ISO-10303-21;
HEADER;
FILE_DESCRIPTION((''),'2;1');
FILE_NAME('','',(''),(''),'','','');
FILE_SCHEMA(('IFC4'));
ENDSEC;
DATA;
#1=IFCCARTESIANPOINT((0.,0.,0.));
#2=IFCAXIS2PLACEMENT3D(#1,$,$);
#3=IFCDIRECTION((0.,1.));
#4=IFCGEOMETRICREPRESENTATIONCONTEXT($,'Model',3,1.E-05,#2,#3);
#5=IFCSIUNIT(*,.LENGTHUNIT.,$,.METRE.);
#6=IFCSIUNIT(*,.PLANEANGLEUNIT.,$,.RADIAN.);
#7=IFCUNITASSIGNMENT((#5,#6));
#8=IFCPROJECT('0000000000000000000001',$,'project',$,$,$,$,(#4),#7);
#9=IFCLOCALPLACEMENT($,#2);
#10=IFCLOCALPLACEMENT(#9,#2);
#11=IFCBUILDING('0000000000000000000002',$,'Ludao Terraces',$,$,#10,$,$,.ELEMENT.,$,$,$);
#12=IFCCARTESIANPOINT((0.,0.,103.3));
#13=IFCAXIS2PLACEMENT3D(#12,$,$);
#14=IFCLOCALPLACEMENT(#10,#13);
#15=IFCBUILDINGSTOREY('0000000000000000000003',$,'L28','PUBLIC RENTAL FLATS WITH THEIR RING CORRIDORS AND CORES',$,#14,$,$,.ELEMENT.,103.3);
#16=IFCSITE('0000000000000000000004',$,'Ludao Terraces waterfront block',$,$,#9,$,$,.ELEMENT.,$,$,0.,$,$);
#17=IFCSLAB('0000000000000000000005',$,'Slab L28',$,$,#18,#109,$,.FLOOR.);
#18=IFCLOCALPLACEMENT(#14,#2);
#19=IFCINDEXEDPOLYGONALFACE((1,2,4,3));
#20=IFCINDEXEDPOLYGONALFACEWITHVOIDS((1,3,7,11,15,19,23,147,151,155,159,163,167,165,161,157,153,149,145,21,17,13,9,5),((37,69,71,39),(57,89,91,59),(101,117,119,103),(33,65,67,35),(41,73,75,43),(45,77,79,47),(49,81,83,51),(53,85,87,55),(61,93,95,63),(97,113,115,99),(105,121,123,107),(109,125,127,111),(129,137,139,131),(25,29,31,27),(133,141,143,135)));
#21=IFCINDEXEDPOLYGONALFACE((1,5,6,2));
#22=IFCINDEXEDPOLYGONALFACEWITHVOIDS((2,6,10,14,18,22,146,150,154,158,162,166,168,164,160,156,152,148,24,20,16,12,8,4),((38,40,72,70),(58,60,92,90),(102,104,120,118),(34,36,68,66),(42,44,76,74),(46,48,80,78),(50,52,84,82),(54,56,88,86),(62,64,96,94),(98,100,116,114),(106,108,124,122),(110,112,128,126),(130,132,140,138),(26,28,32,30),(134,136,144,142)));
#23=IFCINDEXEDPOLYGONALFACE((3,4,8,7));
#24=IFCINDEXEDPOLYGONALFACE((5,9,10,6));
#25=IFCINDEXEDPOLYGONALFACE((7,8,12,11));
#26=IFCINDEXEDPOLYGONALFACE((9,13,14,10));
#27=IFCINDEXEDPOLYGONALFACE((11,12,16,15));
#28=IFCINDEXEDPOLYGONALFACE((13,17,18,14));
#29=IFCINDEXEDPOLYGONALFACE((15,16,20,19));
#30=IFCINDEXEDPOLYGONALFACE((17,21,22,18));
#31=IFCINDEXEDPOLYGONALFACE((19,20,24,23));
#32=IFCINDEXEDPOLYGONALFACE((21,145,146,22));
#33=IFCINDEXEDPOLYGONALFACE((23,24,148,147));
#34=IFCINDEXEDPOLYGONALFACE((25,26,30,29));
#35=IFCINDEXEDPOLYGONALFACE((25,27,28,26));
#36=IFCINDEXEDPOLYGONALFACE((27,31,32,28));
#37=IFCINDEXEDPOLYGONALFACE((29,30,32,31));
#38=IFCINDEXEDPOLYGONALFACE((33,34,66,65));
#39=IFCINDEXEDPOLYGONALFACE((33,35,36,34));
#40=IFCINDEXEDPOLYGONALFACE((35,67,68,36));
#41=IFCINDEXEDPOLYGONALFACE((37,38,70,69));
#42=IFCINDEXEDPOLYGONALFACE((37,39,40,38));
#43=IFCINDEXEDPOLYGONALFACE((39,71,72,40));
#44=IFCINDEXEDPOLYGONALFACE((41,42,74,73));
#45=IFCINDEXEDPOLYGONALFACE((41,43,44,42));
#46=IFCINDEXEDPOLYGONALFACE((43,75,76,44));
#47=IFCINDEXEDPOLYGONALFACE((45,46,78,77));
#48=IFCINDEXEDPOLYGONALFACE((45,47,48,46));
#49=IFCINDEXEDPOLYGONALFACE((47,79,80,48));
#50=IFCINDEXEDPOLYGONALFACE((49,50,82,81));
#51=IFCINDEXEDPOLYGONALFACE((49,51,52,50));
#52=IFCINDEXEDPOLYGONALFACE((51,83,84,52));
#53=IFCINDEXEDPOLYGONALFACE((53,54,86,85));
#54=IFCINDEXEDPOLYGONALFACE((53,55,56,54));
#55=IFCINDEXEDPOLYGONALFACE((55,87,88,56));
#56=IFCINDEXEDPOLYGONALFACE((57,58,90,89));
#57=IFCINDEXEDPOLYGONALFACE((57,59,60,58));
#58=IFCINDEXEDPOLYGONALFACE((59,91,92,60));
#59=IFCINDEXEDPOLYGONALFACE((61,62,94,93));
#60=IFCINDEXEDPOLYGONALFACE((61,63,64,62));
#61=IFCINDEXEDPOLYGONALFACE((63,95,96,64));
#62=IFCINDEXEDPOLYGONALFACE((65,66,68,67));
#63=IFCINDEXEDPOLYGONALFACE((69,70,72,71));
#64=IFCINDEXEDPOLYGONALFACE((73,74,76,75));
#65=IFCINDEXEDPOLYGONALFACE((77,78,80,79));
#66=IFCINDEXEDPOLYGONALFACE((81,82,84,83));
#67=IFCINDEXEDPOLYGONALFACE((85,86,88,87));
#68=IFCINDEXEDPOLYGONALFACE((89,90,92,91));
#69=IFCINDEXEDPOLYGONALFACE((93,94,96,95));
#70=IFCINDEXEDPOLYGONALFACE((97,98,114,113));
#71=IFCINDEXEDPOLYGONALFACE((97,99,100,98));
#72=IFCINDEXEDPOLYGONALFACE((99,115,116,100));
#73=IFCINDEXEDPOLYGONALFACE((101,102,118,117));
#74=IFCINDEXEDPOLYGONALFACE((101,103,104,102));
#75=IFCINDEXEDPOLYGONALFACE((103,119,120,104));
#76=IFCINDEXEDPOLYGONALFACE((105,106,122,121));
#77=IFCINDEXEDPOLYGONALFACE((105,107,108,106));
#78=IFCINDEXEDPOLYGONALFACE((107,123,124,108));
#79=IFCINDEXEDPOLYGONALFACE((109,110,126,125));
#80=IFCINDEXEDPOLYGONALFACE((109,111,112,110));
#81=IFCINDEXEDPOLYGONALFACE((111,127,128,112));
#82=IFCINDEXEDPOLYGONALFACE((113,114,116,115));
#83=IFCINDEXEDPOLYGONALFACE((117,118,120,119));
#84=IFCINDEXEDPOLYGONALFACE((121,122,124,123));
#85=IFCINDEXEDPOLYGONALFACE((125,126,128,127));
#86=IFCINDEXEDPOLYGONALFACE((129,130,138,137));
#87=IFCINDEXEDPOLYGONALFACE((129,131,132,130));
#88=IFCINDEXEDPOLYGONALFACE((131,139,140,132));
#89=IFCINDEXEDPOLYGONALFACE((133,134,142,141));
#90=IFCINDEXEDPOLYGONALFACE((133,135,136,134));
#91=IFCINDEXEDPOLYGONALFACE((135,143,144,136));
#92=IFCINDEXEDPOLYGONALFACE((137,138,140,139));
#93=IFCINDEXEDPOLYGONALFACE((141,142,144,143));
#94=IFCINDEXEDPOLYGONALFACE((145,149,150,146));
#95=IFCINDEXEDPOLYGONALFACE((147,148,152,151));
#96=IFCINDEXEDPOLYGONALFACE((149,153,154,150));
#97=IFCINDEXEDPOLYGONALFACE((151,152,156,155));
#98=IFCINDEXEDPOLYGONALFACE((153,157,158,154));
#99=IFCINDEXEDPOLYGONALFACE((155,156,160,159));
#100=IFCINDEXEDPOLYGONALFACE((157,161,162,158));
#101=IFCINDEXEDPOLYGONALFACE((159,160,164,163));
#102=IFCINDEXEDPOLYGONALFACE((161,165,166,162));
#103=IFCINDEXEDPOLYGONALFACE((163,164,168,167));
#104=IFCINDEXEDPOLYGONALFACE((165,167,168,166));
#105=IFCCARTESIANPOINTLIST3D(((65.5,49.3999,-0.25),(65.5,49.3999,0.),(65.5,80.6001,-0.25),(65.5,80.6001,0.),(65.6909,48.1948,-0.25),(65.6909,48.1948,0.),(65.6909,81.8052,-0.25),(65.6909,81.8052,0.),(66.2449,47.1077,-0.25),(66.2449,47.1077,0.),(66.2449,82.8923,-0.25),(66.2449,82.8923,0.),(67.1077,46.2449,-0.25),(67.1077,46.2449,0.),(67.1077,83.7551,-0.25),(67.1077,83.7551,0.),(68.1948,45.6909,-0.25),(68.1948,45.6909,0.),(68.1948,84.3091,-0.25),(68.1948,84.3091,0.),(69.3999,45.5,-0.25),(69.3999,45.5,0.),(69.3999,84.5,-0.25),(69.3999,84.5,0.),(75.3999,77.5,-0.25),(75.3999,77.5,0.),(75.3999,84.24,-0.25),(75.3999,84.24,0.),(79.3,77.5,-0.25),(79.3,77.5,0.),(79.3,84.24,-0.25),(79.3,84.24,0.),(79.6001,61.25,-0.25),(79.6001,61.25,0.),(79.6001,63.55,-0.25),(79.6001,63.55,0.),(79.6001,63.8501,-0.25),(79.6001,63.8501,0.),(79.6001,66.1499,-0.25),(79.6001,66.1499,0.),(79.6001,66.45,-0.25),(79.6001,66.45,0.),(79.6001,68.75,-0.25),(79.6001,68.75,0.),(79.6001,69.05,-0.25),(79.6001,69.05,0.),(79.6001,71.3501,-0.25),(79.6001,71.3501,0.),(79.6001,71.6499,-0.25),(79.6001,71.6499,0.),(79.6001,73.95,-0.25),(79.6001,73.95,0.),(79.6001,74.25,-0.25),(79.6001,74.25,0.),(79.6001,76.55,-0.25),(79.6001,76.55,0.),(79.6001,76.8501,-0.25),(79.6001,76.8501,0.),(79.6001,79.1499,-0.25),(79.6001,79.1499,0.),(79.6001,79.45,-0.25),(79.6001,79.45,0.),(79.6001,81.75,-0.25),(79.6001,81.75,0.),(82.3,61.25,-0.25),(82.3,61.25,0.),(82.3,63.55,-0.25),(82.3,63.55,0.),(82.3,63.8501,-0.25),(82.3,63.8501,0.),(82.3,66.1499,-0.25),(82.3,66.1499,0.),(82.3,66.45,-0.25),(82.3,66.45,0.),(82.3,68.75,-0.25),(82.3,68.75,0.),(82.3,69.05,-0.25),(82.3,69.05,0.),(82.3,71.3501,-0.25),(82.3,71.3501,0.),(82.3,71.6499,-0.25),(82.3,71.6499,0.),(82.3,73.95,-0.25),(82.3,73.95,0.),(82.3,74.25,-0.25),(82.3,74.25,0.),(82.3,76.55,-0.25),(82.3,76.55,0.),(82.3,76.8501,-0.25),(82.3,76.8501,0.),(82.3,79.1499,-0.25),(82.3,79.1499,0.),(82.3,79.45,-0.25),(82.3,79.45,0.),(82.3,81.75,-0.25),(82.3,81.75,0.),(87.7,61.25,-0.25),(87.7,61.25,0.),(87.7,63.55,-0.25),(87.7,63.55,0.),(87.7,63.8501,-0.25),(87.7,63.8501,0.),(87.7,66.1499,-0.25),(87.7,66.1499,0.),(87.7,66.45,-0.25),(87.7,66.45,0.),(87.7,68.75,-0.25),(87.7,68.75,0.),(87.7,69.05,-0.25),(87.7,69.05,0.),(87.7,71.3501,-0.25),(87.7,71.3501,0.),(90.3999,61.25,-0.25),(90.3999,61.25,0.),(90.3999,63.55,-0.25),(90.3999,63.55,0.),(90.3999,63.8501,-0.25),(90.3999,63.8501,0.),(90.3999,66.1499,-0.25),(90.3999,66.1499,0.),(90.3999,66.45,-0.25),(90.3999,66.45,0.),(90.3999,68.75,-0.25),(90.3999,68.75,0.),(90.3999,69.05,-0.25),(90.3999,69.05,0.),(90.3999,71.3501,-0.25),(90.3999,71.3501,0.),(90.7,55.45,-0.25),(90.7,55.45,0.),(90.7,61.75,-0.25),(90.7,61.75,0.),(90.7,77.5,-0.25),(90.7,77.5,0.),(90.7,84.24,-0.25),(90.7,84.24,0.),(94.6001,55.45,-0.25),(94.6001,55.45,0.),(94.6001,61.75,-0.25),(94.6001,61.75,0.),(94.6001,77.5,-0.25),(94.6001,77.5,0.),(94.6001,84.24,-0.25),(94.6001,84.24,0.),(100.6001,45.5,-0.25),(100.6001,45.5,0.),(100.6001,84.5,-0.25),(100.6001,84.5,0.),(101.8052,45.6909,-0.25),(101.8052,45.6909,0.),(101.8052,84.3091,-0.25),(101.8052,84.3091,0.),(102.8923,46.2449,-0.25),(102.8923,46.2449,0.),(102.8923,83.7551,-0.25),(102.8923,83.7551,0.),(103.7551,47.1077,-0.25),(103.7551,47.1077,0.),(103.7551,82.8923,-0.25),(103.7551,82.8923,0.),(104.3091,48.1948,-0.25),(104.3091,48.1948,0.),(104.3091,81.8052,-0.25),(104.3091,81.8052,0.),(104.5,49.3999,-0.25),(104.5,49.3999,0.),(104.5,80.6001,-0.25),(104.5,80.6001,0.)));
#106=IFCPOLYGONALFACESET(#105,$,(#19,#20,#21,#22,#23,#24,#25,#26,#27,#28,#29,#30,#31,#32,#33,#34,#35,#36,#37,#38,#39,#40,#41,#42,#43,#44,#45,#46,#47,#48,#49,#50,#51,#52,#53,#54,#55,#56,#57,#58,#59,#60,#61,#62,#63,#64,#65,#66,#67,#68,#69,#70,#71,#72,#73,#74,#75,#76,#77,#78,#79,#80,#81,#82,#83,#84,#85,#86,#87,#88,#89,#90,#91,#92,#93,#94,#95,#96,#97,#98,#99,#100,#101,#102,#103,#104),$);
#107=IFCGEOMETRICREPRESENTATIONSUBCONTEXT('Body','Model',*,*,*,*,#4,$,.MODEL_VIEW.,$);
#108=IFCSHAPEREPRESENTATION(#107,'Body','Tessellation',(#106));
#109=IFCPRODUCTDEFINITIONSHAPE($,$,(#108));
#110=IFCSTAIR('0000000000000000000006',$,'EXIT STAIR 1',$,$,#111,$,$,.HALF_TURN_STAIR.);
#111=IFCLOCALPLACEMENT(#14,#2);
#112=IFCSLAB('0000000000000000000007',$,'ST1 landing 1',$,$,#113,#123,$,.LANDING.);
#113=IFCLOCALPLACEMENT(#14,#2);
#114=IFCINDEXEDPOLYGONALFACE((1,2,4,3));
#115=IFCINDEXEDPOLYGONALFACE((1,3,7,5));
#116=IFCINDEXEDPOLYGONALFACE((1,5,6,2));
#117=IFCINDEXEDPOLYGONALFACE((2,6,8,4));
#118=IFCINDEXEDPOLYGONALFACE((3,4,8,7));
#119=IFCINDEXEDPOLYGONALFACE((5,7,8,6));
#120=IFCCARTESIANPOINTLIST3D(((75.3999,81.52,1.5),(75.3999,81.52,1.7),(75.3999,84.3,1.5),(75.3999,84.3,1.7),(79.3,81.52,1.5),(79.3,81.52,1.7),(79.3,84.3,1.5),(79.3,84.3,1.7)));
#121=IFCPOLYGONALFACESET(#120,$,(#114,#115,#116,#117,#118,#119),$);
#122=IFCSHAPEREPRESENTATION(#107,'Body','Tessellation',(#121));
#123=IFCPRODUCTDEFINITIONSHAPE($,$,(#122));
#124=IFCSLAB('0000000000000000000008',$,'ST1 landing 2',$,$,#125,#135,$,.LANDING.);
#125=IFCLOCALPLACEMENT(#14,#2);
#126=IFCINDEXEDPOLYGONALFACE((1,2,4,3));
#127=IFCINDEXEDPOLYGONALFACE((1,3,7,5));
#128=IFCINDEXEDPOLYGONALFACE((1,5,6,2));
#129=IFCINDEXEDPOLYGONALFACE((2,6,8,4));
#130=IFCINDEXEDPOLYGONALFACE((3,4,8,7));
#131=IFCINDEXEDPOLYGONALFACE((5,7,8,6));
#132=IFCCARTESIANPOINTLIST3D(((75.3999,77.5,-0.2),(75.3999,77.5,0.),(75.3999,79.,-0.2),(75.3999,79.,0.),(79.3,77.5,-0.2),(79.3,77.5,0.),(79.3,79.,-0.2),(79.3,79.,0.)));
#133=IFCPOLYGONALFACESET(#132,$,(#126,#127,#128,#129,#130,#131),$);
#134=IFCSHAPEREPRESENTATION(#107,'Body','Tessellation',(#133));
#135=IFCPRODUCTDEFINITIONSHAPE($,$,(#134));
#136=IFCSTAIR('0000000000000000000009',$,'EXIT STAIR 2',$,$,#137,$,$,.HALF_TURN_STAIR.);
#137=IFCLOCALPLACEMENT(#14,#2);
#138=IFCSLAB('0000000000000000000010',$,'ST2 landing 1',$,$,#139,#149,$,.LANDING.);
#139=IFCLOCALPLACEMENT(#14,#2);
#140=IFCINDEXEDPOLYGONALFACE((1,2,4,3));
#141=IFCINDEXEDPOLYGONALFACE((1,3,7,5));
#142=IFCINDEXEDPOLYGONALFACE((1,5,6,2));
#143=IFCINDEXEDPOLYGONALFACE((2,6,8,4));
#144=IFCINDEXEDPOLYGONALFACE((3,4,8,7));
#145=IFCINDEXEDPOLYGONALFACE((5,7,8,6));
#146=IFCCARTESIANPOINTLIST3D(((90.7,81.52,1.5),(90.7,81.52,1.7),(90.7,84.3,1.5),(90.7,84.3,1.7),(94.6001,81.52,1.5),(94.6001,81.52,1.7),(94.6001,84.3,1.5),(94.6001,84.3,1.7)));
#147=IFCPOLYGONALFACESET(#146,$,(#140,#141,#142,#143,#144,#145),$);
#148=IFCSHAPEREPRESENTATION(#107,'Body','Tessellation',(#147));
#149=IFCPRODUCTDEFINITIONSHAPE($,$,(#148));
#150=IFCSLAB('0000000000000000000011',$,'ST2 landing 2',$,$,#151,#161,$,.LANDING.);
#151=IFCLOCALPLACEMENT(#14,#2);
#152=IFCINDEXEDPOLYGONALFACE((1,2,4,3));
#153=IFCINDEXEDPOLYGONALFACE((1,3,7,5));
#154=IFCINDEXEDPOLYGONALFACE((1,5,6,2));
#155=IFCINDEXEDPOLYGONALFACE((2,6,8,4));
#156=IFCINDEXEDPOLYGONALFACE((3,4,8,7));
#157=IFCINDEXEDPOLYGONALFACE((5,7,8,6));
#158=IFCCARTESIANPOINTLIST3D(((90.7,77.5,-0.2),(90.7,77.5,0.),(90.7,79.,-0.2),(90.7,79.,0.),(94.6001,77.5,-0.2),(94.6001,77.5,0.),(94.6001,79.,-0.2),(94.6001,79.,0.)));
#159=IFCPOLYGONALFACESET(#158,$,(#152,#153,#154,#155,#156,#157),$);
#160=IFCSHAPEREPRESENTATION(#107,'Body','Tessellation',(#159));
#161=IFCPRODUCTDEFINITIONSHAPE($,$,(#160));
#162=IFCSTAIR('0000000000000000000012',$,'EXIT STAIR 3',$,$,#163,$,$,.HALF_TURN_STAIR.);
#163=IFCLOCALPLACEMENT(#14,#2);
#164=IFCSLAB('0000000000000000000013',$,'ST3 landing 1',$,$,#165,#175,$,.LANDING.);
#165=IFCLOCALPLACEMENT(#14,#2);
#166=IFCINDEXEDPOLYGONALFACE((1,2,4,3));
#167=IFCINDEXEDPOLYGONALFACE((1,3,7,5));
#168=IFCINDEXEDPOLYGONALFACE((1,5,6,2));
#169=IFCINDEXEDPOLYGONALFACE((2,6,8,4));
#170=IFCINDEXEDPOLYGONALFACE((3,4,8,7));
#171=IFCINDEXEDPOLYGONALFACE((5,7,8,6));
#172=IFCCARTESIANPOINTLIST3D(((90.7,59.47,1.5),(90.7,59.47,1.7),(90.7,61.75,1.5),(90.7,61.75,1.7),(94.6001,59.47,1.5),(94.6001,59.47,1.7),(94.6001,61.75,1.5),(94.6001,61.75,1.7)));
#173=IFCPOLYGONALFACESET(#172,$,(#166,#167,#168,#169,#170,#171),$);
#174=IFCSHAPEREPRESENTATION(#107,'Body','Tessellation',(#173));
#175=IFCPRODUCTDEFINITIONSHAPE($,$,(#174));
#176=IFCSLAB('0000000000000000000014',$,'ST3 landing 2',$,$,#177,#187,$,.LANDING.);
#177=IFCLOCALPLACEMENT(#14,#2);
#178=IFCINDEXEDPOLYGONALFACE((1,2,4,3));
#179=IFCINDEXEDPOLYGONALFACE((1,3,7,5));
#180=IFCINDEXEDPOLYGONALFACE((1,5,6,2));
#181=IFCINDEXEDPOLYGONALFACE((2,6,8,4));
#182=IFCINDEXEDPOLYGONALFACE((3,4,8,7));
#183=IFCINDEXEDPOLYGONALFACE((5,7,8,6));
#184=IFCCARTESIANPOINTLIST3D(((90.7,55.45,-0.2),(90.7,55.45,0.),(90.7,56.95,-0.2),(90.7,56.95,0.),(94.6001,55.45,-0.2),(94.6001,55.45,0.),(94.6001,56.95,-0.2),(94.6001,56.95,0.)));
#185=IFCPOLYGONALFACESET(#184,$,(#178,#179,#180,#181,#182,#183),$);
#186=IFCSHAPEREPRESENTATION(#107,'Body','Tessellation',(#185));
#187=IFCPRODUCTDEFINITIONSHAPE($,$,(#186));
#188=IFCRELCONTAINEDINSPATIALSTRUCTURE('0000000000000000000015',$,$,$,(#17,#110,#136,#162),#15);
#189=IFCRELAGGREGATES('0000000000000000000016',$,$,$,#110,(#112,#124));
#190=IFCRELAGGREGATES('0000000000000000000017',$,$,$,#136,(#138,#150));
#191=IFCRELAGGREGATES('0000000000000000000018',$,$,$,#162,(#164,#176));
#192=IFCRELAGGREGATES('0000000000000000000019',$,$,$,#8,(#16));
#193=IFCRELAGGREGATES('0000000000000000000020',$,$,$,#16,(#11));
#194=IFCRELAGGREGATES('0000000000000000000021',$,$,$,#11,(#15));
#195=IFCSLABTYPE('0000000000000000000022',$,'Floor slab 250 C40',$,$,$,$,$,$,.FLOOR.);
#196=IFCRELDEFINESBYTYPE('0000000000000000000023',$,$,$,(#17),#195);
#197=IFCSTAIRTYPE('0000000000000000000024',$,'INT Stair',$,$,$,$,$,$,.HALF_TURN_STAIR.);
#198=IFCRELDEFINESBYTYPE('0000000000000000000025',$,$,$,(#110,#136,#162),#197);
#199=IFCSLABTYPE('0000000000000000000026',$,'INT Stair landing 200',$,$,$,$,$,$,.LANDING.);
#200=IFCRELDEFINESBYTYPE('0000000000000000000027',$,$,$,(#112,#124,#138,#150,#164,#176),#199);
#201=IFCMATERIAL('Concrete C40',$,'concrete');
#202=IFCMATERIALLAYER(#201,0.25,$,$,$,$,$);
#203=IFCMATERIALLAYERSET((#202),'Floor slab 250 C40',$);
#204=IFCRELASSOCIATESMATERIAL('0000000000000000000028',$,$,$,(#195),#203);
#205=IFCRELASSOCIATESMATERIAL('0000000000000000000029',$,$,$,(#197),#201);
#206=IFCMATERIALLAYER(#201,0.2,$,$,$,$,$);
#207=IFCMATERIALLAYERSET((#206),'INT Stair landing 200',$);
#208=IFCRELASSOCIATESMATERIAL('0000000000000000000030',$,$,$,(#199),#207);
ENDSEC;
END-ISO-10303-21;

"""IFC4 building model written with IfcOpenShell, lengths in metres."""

from ifc_helpers import new_model, si_unit, direction, frame, origin, place, context, subcontext, project, spatial, polyline, outline, extrude, material, layer, layer_set, type_object, element, aggregate, save


model = new_model("IFC4")

# Units and contexts
model_context = context("Model", 3, precision=1e-05, world=origin(), true_north=direction((0.0, 1.0)))
body_context = subcontext(model_context, "Body", "Model", "MODEL_VIEW")
ifc_project = project(units=[si_unit("LENGTHUNIT", "METRE"), si_unit("PLANEANGLEUNIT", "RADIAN")], contexts=[model_context])

# Site, building, storey
site_placement = place(None, origin())
site = spatial("IfcSite", under=ifc_project, at=site_placement, Name="Ludao Terraces waterfront block", CompositionType="ELEMENT", RefElevation=0.0)
building_placement = place(site_placement, origin())
building = spatial("IfcBuilding", under=site, at=building_placement, Name="Ludao Terraces", CompositionType="ELEMENT")
storey_placement = place(building_placement, frame((0.0, 0.0, 103.3)))
storey = spatial("IfcBuildingStorey", under=building, at=storey_placement, Name="L28", Description="PUBLIC RENTAL FLATS WITH THEIR RING CORRIDORS AND CORES", CompositionType="ELEMENT", Elevation=103.3)

# Shared definitions
ifc_material_1 = material(Name="Concrete C40", Category="concrete")

# Slab
ifc_layer_1 = layer(ifc_material_1, 0.25)
ifc_layer_set_1 = layer_set([ifc_layer_1], Name="Floor slab 250 C40")
slab_type_1 = type_object("IfcSlabType", Name="Floor slab 250 C40", PredefinedType="FLOOR", material=ifc_layer_set_1)
slab_1_placement = place(storey_placement, frame((0.0, 0.0, -0.25)))
element("IfcSlab", 1, at=slab_1_placement, inside=storey, type_object=slab_type_1, Name="Slab L28", PredefinedType="FLOOR", context=body_context, shape_type="SweptSolid", body=[
    extrude(outline(polyline([(100.6001, 45.5), (101.8052, 45.6909), (102.8923, 46.2449), (103.7551, 47.1077), (104.3091, 48.1948), (104.5, 49.3999), (104.5, 80.6001), (104.3091, 81.8052), (103.7551, 82.8923), (102.8923, 83.7551), (101.8052, 84.3091), (100.6001, 84.5), (69.3999, 84.5), (68.1948, 84.3091), (67.1077, 83.7551), (66.2449, 82.8923), (65.6909, 81.8052), (65.5, 80.6001), (65.5, 49.3999), (65.6909, 48.1948), (66.2449, 47.1077), (67.1077, 46.2449), (68.1948, 45.6909), (69.3999, 45.5), (100.6001, 45.5)]), holes=[polyline([(79.6001, 61.25), (82.3, 61.25), (82.3, 63.55), (79.6001, 63.55), (79.6001, 61.25)]), polyline([(79.6001, 63.8501), (82.3, 63.8501), (82.3, 66.1499), (79.6001, 66.1499), (79.6001, 63.8501)]), polyline([(79.6001, 66.45), (82.3, 66.45), (82.3, 68.75), (79.6001, 68.75), (79.6001, 66.45)]), polyline([(79.6001, 69.05), (82.3, 69.05), (82.3, 71.3501), (79.6001, 71.3501), (79.6001, 69.05)]), polyline([(79.6001, 71.6499), (82.3, 71.6499), (82.3, 73.95), (79.6001, 73.95), (79.6001, 71.6499)]), polyline([(79.6001, 74.25), (82.3, 74.25), (82.3, 76.55), (79.6001, 76.55), (79.6001, 74.25)]), polyline([(79.6001, 76.8501), (82.3, 76.8501), (82.3, 79.1499), (79.6001, 79.1499), (79.6001, 76.8501)]), polyline([(79.6001, 79.45), (82.3, 79.45), (82.3, 81.75), (79.6001, 81.75), (79.6001, 79.45)]), polyline([(87.7, 61.25), (90.3999, 61.25), (90.3999, 63.55), (87.7, 63.55), (87.7, 61.25)]), polyline([(87.7, 63.8501), (90.3999, 63.8501), (90.3999, 66.1499), (87.7, 66.1499), (87.7, 63.8501)]), polyline([(87.7, 66.45), (90.3999, 66.45), (90.3999, 68.75), (87.7, 68.75), (87.7, 66.45)]), polyline([(87.7, 69.05), (90.3999, 69.05), (90.3999, 71.3501), (87.7, 71.3501), (87.7, 69.05)]), polyline([(75.3999, 77.5), (79.3, 77.5), (79.3, 84.24), (75.3999, 84.24), (75.3999, 77.5)]), polyline([(90.7, 77.5), (94.6001, 77.5), (94.6001, 84.24), (90.7, 84.24), (90.7, 77.5)]), polyline([(90.7, 55.45), (94.6001, 55.45), (94.6001, 61.75), (90.7, 61.75), (90.7, 55.45)])]), origin(), (0.0, 0.0, 1.0), 0.25),
])

# Stairs, slabs
stair_type = type_object("IfcStairType", Name="INT Stair", PredefinedType="HALF_TURN_STAIR", material=ifc_material_1)
stair_1_placement = place(storey_placement, origin())
stair_1 = element("IfcStair", 2, at=stair_1_placement, inside=storey, type_object=stair_type, Name="EXIT STAIR 1", PredefinedType="HALF_TURN_STAIR")
ifc_layer_2 = layer(ifc_material_1, 0.2)
ifc_layer_set_2 = layer_set([ifc_layer_2], Name="INT Stair landing 200")
slab_type_2 = type_object("IfcSlabType", Name="INT Stair landing 200", PredefinedType="LANDING", material=ifc_layer_set_2)
slab_2_placement = place(storey_placement, frame((0.0, 0.0, 1.5)))
slab_2 = element("IfcSlab", 3, at=slab_2_placement, type_object=slab_type_2, Name="ST1 landing 1", PredefinedType="LANDING", context=body_context, shape_type="SweptSolid", body=[
    extrude(outline(polyline([(75.3999, 81.52), (79.3, 81.52), (79.3, 84.3), (75.3999, 84.3), (75.3999, 81.52)])), origin(), (0.0, 0.0, 1.0), 0.2),
])
slab_3_placement = place(storey_placement, frame((0.0, 0.0, -0.2)))
slab_3 = element("IfcSlab", 4, at=slab_3_placement, type_object=slab_type_2, Name="ST1 landing 2", PredefinedType="LANDING", context=body_context, shape_type="SweptSolid", body=[
    extrude(outline(polyline([(75.3999, 77.5), (79.3, 77.5), (79.3, 79.0), (75.3999, 79.0), (75.3999, 77.5)])), origin(), (0.0, 0.0, 1.0), 0.2),
])
aggregate(stair_1, [slab_2, slab_3])
stair_2_placement = place(storey_placement, origin())
stair_2 = element("IfcStair", 5, at=stair_2_placement, inside=storey, type_object=stair_type, Name="EXIT STAIR 2", PredefinedType="HALF_TURN_STAIR")
slab_4_placement = place(storey_placement, frame((0.0, 0.0, 1.5)))
slab_4 = element("IfcSlab", 6, at=slab_4_placement, type_object=slab_type_2, Name="ST2 landing 1", PredefinedType="LANDING", context=body_context, shape_type="SweptSolid", body=[
    extrude(outline(polyline([(90.7, 81.52), (94.6001, 81.52), (94.6001, 84.3), (90.7, 84.3), (90.7, 81.52)])), origin(), (0.0, 0.0, 1.0), 0.2),
])
slab_5_placement = place(storey_placement, frame((0.0, 0.0, -0.2)))
slab_5 = element("IfcSlab", 7, at=slab_5_placement, type_object=slab_type_2, Name="ST2 landing 2", PredefinedType="LANDING", context=body_context, shape_type="SweptSolid", body=[
    extrude(outline(polyline([(90.7, 77.5), (94.6001, 77.5), (94.6001, 79.0), (90.7, 79.0), (90.7, 77.5)])), origin(), (0.0, 0.0, 1.0), 0.2),
])
aggregate(stair_2, [slab_4, slab_5])
stair_3_placement = place(storey_placement, origin())
stair_3 = element("IfcStair", 8, at=stair_3_placement, inside=storey, type_object=stair_type, Name="EXIT STAIR 3", PredefinedType="HALF_TURN_STAIR")
slab_6_placement = place(storey_placement, frame((0.0, 0.0, 1.5)))
slab_6 = element("IfcSlab", 9, at=slab_6_placement, type_object=slab_type_2, Name="ST3 landing 1", PredefinedType="LANDING", context=body_context, shape_type="SweptSolid", body=[
    extrude(outline(polyline([(90.7, 59.47), (94.6001, 59.47), (94.6001, 61.75), (90.7, 61.75), (90.7, 59.47)])), origin(), (0.0, 0.0, 1.0), 0.2),
])
slab_7_placement = place(storey_placement, frame((0.0, 0.0, -0.2)))
slab_7 = element("IfcSlab", 10, at=slab_7_placement, type_object=slab_type_2, Name="ST3 landing 2", PredefinedType="LANDING", context=body_context, shape_type="SweptSolid", body=[
    extrude(outline(polyline([(90.7, 55.45), (94.6001, 55.45), (94.6001, 56.95), (90.7, 56.95), (90.7, 55.45)])), origin(), (0.0, 0.0, 1.0), 0.2),
])
aggregate(stair_3, [slab_6, slab_7])

save(model, "model.ifc")
